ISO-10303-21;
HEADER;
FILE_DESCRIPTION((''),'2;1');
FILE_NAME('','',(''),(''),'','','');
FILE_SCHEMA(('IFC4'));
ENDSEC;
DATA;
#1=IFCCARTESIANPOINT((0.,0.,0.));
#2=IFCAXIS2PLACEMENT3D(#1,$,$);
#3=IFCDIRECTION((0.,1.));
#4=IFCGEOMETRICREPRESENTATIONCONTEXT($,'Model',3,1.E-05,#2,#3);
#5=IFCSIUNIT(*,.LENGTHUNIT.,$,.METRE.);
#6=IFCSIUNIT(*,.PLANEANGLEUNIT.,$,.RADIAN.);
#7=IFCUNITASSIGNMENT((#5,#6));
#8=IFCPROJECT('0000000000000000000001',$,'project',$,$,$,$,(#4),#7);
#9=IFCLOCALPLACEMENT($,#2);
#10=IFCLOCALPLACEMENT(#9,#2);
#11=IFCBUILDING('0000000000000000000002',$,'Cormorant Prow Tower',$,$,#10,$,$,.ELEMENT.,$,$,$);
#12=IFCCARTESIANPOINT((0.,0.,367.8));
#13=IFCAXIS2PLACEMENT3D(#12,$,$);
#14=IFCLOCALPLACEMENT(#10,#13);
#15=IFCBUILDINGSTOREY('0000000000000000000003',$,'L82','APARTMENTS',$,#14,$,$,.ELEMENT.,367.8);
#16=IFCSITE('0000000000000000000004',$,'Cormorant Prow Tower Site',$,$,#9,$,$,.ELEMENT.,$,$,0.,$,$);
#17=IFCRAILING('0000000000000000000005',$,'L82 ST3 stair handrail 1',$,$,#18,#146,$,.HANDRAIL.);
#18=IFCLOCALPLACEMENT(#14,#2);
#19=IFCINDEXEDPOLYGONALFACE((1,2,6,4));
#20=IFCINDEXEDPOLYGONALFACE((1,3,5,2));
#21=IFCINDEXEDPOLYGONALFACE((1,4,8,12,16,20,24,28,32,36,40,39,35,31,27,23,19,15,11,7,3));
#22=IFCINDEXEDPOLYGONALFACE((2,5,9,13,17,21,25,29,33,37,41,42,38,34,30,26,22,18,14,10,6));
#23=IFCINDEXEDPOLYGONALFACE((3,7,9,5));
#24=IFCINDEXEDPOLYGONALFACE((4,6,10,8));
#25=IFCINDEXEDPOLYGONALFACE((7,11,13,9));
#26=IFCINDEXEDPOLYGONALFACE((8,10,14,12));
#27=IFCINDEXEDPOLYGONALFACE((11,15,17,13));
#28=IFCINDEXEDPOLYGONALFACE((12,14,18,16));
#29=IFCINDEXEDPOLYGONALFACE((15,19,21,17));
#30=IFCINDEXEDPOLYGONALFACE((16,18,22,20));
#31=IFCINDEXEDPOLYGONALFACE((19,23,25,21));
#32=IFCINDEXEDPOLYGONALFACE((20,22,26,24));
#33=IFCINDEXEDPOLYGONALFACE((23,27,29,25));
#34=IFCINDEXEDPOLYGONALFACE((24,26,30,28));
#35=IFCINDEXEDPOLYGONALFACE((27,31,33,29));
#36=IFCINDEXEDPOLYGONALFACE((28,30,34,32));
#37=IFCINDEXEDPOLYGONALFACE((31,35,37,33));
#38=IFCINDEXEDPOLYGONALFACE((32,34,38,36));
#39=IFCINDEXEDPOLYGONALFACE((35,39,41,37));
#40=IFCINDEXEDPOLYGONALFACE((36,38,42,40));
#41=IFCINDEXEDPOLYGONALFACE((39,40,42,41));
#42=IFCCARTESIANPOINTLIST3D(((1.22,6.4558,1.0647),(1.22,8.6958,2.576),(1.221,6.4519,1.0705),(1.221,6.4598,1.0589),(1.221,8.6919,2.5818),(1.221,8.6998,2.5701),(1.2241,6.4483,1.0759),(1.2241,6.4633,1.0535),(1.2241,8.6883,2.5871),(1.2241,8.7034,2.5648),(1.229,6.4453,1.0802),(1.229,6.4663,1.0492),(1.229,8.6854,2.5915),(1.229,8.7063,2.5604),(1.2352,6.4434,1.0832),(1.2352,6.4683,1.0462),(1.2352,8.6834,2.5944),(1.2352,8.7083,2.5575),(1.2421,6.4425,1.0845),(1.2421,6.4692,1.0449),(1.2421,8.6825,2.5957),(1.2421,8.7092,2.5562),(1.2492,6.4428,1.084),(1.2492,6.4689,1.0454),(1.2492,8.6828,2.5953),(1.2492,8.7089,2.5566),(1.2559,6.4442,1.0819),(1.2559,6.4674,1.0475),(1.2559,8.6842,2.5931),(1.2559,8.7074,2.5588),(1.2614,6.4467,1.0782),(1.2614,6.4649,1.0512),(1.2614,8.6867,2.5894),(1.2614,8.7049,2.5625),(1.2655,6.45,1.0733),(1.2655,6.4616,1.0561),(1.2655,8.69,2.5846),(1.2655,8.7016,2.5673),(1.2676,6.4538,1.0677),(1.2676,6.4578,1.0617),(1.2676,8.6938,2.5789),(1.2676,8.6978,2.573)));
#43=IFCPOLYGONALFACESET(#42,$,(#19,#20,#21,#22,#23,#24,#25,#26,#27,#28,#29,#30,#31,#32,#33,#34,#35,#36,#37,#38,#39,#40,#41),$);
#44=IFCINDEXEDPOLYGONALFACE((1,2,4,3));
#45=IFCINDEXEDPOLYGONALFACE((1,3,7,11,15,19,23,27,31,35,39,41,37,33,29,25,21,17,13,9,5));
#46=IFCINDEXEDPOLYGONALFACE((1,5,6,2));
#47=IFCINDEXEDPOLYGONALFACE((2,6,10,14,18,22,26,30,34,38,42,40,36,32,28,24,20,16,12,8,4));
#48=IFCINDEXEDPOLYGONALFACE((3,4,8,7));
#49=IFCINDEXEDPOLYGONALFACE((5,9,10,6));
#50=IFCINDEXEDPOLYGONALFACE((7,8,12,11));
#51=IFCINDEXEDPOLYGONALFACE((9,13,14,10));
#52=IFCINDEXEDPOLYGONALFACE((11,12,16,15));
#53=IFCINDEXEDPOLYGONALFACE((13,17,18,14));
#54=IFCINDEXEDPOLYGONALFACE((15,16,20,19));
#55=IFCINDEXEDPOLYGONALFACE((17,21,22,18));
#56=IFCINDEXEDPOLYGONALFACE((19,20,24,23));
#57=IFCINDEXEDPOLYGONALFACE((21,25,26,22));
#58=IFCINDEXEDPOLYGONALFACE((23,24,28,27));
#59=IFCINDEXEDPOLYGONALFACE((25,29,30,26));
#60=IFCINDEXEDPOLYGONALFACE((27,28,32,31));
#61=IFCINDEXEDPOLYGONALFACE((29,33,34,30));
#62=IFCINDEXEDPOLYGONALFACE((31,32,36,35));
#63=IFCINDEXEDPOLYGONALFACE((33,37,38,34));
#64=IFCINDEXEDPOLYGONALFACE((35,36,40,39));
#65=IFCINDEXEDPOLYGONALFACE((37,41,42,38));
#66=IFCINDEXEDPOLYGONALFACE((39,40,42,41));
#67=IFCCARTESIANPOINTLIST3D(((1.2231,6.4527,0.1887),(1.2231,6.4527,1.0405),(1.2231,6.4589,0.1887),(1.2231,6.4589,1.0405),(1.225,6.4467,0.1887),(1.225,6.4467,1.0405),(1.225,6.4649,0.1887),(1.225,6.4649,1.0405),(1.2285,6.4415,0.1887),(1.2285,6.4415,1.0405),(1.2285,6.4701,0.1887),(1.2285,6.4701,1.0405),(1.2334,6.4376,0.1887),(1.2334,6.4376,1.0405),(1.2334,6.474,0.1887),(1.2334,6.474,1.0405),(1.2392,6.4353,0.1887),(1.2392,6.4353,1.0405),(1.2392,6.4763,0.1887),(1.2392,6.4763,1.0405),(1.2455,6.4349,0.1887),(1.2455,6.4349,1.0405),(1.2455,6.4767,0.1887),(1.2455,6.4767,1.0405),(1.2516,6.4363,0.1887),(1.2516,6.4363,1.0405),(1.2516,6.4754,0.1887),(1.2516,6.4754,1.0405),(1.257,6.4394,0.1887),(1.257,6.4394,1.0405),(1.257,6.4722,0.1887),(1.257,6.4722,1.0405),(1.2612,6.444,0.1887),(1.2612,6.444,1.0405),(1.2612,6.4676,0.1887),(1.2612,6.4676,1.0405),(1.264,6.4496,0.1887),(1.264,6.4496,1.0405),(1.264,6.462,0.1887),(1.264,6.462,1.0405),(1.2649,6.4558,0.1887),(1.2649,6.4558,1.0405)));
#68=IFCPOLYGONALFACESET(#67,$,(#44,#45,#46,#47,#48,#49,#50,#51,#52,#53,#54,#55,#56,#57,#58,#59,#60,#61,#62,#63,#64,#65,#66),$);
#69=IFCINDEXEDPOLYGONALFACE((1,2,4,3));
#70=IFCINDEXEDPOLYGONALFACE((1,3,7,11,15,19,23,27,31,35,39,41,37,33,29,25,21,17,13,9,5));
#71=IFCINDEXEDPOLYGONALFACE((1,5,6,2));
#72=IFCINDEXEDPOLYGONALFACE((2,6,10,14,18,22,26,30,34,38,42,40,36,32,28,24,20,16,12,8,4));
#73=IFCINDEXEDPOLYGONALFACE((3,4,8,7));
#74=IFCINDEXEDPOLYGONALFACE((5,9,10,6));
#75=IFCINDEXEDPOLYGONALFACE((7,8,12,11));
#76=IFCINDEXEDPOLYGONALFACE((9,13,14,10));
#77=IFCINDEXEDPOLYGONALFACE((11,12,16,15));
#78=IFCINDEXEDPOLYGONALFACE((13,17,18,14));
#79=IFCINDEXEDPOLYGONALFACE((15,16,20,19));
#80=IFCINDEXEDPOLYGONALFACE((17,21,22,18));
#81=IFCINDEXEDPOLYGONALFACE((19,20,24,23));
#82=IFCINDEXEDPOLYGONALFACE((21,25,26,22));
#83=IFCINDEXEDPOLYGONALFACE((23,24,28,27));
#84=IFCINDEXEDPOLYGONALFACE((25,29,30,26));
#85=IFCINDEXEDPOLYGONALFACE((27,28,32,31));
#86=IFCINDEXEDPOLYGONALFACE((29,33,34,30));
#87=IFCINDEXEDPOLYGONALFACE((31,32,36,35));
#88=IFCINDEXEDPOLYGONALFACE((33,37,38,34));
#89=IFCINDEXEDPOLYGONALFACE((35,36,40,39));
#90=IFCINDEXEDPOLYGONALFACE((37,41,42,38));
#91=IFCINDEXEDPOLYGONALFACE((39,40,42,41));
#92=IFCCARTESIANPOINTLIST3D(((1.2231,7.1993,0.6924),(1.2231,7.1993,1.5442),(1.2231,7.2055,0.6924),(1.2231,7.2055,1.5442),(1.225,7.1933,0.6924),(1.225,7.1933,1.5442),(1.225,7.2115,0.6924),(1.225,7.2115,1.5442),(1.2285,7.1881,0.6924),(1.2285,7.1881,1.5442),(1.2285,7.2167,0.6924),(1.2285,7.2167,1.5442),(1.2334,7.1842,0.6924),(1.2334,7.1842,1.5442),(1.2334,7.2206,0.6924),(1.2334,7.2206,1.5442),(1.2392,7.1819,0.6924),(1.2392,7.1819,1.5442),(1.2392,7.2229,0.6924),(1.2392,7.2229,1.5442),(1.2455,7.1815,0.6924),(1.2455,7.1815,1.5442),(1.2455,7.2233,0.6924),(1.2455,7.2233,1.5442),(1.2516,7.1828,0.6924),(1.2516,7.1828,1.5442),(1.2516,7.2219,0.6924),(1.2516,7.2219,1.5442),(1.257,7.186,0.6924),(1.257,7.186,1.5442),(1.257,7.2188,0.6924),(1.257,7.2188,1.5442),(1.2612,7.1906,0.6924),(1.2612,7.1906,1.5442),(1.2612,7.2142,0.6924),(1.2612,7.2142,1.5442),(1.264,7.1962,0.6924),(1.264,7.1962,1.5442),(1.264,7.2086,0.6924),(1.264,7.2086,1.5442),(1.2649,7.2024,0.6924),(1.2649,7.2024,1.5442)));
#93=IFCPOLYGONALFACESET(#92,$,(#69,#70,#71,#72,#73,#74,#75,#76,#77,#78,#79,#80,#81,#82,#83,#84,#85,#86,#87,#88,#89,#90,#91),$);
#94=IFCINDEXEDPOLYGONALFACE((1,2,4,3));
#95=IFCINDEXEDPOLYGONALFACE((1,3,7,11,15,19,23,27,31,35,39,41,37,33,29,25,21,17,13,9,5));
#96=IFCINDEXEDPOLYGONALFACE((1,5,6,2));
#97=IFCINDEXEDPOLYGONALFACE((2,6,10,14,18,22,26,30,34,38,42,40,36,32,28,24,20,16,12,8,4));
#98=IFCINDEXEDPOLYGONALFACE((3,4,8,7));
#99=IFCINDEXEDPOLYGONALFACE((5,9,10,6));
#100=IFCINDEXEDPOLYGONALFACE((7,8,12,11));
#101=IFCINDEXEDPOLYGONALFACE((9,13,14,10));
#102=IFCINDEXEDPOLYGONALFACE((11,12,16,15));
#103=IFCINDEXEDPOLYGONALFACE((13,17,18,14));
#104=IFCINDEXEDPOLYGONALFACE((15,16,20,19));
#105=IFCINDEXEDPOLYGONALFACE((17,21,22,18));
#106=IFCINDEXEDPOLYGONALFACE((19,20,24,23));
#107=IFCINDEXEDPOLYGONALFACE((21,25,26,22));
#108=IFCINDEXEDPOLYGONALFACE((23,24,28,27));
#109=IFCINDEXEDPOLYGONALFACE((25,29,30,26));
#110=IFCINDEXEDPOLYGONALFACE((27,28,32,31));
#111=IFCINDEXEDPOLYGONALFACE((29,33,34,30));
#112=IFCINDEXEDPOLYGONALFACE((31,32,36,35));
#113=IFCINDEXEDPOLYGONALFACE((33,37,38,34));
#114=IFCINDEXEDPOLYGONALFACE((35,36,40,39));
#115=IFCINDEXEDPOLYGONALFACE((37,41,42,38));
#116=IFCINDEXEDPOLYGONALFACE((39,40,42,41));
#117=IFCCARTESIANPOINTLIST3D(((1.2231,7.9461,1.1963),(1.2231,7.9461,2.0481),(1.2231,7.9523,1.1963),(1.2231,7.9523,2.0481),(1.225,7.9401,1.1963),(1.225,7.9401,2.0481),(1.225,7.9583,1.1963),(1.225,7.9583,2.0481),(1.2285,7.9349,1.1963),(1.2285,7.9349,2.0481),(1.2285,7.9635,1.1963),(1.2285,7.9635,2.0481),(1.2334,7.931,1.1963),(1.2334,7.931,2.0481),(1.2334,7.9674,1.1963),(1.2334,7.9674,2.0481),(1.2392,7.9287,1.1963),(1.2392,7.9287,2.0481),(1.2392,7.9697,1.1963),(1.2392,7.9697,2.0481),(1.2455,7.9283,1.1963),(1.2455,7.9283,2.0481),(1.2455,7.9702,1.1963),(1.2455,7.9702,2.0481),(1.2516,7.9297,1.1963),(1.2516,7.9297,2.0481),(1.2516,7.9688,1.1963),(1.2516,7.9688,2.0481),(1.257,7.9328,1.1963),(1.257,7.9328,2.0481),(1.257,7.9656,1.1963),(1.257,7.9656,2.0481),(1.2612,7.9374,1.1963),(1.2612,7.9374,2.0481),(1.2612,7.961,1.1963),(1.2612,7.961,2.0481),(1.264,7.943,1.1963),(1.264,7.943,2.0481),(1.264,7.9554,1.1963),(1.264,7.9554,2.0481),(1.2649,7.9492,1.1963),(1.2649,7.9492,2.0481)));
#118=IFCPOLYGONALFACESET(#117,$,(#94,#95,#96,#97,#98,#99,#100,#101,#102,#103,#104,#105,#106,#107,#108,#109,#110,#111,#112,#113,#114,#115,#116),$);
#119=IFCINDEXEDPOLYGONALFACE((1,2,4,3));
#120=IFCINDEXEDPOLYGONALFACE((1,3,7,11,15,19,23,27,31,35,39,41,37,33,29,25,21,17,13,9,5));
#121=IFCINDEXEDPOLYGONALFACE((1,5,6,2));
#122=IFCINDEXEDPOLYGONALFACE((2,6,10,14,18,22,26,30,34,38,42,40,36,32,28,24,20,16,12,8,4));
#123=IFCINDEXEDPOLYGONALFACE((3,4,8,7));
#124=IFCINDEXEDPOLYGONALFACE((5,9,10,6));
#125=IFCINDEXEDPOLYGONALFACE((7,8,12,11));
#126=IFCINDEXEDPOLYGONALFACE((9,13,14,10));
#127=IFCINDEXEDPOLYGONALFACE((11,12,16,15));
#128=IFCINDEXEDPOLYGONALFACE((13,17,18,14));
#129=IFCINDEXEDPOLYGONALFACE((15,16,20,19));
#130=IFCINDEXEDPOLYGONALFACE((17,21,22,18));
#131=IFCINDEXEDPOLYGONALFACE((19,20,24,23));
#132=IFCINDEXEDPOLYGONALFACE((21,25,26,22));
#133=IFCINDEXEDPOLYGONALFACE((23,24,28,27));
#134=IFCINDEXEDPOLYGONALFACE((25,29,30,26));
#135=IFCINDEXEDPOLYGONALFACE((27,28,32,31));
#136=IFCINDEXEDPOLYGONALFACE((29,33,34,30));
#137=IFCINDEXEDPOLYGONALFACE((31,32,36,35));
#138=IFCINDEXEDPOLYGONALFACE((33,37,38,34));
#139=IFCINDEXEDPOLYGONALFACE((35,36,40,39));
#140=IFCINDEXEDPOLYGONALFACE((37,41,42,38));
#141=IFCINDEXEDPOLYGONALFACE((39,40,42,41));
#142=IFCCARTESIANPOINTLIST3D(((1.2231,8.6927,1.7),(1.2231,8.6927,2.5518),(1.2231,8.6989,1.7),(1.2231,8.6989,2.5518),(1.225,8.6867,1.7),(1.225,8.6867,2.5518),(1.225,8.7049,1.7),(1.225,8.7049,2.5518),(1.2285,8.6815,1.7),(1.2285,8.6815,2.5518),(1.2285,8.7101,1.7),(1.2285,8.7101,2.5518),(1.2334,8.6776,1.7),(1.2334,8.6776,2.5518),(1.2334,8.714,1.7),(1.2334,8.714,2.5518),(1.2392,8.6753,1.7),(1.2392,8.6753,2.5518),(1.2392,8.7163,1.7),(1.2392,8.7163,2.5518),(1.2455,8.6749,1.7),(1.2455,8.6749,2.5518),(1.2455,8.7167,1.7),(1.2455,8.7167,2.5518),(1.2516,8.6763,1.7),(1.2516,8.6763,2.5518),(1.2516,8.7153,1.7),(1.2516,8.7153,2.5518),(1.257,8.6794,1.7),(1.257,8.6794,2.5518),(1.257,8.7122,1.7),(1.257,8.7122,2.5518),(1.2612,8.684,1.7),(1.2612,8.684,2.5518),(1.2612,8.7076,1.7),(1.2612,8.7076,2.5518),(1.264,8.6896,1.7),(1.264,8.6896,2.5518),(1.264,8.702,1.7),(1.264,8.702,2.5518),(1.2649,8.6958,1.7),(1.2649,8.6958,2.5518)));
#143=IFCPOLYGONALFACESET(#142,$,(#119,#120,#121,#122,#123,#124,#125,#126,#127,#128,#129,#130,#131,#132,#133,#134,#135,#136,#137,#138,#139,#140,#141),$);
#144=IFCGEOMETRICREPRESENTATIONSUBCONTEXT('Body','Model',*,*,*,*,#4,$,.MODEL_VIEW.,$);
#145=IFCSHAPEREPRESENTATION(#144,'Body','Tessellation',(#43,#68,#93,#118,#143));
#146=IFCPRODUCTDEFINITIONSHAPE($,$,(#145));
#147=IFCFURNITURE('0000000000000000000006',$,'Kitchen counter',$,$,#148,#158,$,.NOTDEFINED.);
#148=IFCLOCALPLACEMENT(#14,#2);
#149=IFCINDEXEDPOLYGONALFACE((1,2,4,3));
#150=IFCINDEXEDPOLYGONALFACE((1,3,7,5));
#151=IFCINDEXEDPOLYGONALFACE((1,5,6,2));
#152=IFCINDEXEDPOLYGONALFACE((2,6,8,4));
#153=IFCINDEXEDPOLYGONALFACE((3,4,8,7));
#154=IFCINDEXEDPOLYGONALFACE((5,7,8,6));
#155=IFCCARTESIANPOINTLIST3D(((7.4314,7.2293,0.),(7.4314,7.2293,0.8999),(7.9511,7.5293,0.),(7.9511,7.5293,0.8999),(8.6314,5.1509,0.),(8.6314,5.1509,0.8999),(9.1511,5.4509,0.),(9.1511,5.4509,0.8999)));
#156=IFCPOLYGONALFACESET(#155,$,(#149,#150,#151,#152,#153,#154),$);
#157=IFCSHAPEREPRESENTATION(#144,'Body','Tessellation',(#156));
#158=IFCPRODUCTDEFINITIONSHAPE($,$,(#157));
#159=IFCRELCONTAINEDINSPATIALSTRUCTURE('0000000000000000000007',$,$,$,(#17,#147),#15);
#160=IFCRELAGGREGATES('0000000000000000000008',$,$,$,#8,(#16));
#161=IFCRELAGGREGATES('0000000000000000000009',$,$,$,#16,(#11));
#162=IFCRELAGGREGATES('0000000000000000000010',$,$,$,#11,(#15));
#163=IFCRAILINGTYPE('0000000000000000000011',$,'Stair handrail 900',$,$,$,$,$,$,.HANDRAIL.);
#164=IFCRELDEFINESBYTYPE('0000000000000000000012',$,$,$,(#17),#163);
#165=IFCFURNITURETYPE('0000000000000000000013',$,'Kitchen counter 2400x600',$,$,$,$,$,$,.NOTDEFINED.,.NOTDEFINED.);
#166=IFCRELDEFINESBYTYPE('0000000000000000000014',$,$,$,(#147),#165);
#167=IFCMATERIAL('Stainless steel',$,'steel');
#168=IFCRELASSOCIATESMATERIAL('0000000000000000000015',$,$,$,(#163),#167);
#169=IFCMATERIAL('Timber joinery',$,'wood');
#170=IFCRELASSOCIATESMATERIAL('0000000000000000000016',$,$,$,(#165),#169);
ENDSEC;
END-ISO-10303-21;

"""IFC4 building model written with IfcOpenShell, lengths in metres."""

from ifc_helpers import new_model, si_unit, direction, frame, origin, origin_2d, place, context, subcontext, project, spatial, rectangle, circle, extrude, material, type_object, element, save


model = new_model("IFC4")

# Units and contexts
model_context = context("Model", 3, precision=1e-05, world=origin(), true_north=direction((0.0, 1.0)))
body_context = subcontext(model_context, "Body", "Model", "MODEL_VIEW")
ifc_project = project(units=[si_unit("LENGTHUNIT", "METRE"), si_unit("PLANEANGLEUNIT", "RADIAN")], contexts=[model_context])

# Site, building, storey
site_placement = place(None, origin())
site = spatial("IfcSite", under=ifc_project, at=site_placement, Name="Cormorant Prow Tower Site", CompositionType="ELEMENT", RefElevation=0.0)
building_placement = place(site_placement, origin())
building = spatial("IfcBuilding", under=site, at=building_placement, Name="Cormorant Prow Tower", CompositionType="ELEMENT")
storey_placement = place(building_placement, frame((0.0, 0.0, 367.8)))
storey = spatial("IfcBuildingStorey", under=building, at=storey_placement, Name="L82", Description="APARTMENTS", CompositionType="ELEMENT", Elevation=367.8)

# Railing
ifc_material_1 = material(Name="Stainless steel", Category="steel")
railing_type_1 = type_object("IfcRailingType", Name="Stair handrail 900", PredefinedType="HANDRAIL", material=ifc_material_1)
railing_1_placement = place(storey_placement, frame((1.2439, 6.4558, 0.1887)))
element("IfcRailing", 1, at=railing_1_placement, inside=storey, type_object=railing_type_1, Name="L82 ST3 stair handrail 1", PredefinedType="HANDRAIL", context=body_context, shape_type="SweptSolid", body=[
    extrude(circle(Radius=0.0239, at=origin_2d()), frame((0.0, 0.0, 0.876), z_axis=(0.0, 0.82898, 0.559279), x_axis=(-1.0, 0.0, 0.0)), (0.0, 0.0, 1.0), 2.7021),
    extrude(circle(Radius=0.021, at=origin_2d()), origin(), (0.0, 0.0, 1.0), 0.8518),
    extrude(circle(Radius=0.021, at=origin_2d()), frame((0.0, 0.7466, 0.5037)), (0.0, 0.0, 1.0), 0.8518),
    extrude(circle(Radius=0.021, at=origin_2d()), frame((0.0, 1.4934, 1.0076)), (0.0, 0.0, 1.0), 0.8518),
    extrude(circle(Radius=0.021, at=origin_2d()), frame((0.0, 2.24, 1.5112)), (0.0, 0.0, 1.0), 0.8518),
])

# Furniture
ifc_material_2 = material(Name="Timber joinery", Category="wood")
furniture_type = type_object("IfcFurnitureType", Name="Kitchen counter 2400x600", AssemblyPlace="NOTDEFINED", PredefinedType="NOTDEFINED", material=ifc_material_2)
furniture_placement = place(storey_placement, frame((8.2913, 6.3401, 0.0), z_axis=(0.0, 0.0, 1.0), x_axis=(-0.5, 0.866025, 0.0)))
element("IfcFurniture", 2, at=furniture_placement, inside=storey, type_object=furniture_type, Name="Kitchen counter", PredefinedType="NOTDEFINED", context=body_context, shape_type="SweptSolid", body=[
    extrude(rectangle(XDim=2.3999, YDim=0.6001, at=origin_2d()), origin(), (0.0, 0.0, 1.0), 0.8999),
])

save(model, "model.ifc")
